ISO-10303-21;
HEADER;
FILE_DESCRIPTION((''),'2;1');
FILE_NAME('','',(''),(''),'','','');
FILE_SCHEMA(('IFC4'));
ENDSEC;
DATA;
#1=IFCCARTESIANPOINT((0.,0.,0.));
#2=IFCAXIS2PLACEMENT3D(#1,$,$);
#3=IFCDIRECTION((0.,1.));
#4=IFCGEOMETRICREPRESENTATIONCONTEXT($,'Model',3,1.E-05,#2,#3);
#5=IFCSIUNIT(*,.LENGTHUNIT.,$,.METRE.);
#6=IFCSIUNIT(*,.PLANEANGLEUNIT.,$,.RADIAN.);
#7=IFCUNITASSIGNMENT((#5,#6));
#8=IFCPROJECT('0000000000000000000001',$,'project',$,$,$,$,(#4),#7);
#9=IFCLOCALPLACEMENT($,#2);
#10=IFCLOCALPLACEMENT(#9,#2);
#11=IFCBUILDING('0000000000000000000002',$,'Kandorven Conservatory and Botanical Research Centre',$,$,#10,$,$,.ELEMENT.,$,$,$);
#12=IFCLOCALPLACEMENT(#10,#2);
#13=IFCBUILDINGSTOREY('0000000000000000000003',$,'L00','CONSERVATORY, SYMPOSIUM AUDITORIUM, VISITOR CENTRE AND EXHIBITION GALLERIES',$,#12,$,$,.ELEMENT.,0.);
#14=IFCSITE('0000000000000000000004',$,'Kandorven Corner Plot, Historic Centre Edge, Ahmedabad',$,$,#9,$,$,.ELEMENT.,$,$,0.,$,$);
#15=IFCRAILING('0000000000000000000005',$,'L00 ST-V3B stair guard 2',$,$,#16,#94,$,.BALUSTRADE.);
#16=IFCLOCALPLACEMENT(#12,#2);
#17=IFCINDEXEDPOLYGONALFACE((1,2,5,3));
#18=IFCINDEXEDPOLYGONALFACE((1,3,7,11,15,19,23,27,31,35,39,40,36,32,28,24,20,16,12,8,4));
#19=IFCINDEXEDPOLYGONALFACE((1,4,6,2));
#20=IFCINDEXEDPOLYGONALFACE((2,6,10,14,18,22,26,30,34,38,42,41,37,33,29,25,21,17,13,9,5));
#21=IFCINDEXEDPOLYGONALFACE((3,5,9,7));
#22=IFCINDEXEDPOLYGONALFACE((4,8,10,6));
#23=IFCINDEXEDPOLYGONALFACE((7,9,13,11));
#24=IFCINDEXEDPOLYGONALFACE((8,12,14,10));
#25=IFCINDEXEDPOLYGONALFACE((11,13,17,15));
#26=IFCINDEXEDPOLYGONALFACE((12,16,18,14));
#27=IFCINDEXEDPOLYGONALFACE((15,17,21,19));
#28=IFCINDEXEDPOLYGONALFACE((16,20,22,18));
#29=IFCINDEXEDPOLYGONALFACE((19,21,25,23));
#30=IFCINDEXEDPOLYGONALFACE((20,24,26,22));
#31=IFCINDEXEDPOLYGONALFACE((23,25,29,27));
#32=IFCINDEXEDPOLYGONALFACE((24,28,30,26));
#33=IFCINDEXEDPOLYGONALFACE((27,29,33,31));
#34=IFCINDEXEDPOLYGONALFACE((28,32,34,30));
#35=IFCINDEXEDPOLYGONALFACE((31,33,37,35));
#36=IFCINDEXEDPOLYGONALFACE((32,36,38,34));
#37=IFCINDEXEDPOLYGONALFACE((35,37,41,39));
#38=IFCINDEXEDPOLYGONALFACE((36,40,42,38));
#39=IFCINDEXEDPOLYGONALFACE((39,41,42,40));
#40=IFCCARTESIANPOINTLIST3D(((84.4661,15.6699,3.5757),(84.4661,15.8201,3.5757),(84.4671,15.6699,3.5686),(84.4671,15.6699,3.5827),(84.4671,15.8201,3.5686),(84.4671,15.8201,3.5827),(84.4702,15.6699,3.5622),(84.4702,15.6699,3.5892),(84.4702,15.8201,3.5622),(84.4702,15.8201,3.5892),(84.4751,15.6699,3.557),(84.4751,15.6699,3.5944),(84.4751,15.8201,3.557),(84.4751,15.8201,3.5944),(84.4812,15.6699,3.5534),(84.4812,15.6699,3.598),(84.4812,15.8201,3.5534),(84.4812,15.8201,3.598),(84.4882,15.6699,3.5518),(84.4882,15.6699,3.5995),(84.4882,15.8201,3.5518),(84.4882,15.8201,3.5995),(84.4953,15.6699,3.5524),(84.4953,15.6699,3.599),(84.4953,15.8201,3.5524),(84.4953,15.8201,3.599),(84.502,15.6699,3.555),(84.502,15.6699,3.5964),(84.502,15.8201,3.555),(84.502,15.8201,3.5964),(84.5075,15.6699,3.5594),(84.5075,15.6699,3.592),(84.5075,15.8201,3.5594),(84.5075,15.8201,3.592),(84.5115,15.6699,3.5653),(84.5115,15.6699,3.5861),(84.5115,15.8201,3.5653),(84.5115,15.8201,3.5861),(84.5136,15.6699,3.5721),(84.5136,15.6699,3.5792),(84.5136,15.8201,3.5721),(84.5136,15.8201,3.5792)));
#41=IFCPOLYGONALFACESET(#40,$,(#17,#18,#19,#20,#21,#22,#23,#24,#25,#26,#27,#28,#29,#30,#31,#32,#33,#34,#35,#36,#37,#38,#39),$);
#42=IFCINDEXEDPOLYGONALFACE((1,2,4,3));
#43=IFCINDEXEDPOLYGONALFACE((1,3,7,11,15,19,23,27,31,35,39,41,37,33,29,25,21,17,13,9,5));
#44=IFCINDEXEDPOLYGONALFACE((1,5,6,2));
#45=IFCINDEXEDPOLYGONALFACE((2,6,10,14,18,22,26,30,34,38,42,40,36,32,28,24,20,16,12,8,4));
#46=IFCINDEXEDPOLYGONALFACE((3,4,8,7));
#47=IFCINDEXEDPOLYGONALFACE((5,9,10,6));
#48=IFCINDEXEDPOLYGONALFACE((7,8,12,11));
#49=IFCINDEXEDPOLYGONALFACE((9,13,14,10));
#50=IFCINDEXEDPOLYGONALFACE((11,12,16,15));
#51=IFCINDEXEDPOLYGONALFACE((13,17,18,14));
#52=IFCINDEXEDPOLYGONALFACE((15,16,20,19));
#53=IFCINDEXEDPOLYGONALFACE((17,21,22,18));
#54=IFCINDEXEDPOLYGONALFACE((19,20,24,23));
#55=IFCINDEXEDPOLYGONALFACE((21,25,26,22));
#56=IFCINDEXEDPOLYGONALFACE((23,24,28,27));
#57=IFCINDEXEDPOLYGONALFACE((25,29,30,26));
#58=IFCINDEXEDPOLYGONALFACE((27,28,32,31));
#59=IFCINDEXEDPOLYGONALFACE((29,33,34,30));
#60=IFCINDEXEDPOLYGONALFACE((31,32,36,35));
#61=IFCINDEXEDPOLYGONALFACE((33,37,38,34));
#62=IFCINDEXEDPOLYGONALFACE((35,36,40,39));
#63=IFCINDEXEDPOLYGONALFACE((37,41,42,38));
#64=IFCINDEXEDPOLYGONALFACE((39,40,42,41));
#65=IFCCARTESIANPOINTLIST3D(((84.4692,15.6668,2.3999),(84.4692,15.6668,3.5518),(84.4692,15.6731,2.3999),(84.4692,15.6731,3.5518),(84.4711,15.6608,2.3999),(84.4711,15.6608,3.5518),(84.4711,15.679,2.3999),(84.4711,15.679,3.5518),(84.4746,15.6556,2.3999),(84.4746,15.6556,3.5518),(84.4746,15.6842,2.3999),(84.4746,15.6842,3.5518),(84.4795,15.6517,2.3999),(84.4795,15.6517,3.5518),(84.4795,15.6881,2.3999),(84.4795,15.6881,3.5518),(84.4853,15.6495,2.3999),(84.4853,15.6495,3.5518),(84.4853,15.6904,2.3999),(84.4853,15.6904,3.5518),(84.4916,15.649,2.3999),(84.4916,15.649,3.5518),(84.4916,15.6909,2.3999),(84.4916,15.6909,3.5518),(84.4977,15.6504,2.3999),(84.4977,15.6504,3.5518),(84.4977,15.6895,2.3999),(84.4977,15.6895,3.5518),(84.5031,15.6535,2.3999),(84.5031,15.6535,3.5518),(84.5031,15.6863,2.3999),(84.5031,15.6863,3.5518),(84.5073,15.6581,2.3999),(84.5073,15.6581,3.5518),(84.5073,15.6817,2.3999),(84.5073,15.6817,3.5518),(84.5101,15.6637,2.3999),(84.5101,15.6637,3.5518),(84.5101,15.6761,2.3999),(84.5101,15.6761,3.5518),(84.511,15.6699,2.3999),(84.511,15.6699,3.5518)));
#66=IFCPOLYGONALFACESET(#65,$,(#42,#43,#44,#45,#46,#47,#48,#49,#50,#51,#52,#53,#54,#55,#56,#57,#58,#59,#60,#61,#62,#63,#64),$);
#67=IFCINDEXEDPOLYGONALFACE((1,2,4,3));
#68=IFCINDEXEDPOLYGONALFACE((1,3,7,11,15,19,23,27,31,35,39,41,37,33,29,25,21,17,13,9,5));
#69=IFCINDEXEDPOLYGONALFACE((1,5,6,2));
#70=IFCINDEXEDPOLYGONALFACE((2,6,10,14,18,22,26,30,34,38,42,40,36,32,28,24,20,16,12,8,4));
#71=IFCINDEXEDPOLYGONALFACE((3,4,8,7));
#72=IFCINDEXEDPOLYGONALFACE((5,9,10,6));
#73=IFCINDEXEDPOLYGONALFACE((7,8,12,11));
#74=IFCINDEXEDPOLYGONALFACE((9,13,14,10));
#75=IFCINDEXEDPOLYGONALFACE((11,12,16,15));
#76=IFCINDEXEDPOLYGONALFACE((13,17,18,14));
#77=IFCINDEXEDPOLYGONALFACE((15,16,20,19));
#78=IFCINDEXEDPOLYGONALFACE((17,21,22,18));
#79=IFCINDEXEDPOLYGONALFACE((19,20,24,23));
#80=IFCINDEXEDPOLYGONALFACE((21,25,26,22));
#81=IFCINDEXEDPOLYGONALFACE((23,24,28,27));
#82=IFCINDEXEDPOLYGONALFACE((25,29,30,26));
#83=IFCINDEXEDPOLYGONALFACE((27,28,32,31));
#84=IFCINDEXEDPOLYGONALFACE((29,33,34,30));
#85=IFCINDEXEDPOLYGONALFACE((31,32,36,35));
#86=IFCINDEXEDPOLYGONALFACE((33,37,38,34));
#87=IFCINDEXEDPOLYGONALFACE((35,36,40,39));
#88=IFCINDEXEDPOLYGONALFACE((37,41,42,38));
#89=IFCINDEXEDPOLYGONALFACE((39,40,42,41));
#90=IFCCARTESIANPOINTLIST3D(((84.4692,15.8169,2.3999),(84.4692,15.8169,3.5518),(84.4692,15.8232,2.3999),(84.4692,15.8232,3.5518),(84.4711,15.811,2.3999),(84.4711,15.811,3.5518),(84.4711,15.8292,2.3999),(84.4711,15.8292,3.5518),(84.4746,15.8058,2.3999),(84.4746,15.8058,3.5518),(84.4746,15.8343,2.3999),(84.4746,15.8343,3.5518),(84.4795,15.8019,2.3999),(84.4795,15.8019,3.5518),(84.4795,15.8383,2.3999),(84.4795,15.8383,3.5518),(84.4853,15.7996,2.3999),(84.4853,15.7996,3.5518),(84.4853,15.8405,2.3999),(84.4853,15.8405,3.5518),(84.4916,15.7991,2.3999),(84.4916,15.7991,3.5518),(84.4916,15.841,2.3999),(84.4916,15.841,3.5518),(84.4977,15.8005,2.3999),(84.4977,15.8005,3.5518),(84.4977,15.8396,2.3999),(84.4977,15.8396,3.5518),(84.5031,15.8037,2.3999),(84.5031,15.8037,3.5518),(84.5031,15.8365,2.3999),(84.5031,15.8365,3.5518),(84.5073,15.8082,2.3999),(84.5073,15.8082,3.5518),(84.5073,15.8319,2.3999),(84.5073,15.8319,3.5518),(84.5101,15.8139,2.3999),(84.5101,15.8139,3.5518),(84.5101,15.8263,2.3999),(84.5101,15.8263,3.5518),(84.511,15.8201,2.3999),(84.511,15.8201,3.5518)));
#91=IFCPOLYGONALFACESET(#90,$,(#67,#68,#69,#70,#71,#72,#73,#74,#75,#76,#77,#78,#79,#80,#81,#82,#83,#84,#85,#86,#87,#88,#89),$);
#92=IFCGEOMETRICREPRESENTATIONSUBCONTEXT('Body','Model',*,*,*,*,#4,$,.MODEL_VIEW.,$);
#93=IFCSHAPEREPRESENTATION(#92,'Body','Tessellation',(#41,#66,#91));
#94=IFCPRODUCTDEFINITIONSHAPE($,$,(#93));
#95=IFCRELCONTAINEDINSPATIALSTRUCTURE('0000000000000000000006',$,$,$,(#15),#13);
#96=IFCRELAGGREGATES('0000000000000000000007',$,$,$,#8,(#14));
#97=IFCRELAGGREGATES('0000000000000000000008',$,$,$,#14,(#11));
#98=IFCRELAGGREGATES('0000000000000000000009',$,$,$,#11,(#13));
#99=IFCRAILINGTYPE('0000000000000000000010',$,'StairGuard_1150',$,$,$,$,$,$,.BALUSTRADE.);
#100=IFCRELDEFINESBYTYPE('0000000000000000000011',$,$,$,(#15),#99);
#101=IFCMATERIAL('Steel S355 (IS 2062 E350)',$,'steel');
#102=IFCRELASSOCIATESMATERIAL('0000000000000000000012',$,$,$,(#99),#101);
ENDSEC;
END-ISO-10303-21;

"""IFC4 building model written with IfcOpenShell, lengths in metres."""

from ifc_helpers import new_model, si_unit, direction, frame, origin, origin_2d, place, context, subcontext, project, spatial, circle, extrude, material, type_object, element, save


model = new_model("IFC4")

# Units and contexts
model_context = context("Model", 3, precision=1e-05, world=origin(), true_north=direction((0.0, 1.0)))
body_context = subcontext(model_context, "Body", "Model", "MODEL_VIEW")
ifc_project = project(units=[si_unit("LENGTHUNIT", "METRE"), si_unit("PLANEANGLEUNIT", "RADIAN")], contexts=[model_context])

# Site, building, storey
site_placement = place(None, origin())
site = spatial("IfcSite", under=ifc_project, at=site_placement, Name="Kandorven Corner Plot, Historic Centre Edge, Ahmedabad", CompositionType="ELEMENT", RefElevation=0.0)
building_placement = place(site_placement, origin())
building = spatial("IfcBuilding", under=site, at=building_placement, Name="Kandorven Conservatory and Botanical Research Centre", CompositionType="ELEMENT")
storey_placement = place(building_placement, origin())
storey = spatial("IfcBuildingStorey", under=building, at=storey_placement, Name="L00", Description="CONSERVATORY, SYMPOSIUM AUDITORIUM, VISITOR CENTRE AND EXHIBITION GALLERIES", CompositionType="ELEMENT", Elevation=0.0)

# Railing
ifc_material_1 = material(Name="Steel S355 (IS 2062 E350)", Category="steel")
railing_type_1 = type_object("IfcRailingType", Name="StairGuard_1150", PredefinedType="BALUSTRADE", material=ifc_material_1)
railing_1_placement = place(storey_placement, frame((84.49, 15.6699, 2.3999)))
element("IfcRailing", 1, at=railing_1_placement, inside=storey, type_object=railing_type_1, Name="L00 ST-V3B stair guard 2", PredefinedType="BALUSTRADE", context=body_context, shape_type="SweptSolid", body=[
    extrude(circle(Radius=0.0239, at=origin_2d()), frame((0.0, 0.0, 1.1758), z_axis=(0.0, 1.0, 0.0), x_axis=(-1.0, 0.0, 0.0)), (0.0, 0.0, 1.0), 0.1501),
    extrude(circle(Radius=0.021, at=origin_2d()), origin(), (0.0, 0.0, 1.0), 1.1519),
    extrude(circle(Radius=0.021, at=origin_2d()), frame((0.0, 0.1501, 0.0)), (0.0, 0.0, 1.0), 1.1519),
])

save(model, "model.ifc")
